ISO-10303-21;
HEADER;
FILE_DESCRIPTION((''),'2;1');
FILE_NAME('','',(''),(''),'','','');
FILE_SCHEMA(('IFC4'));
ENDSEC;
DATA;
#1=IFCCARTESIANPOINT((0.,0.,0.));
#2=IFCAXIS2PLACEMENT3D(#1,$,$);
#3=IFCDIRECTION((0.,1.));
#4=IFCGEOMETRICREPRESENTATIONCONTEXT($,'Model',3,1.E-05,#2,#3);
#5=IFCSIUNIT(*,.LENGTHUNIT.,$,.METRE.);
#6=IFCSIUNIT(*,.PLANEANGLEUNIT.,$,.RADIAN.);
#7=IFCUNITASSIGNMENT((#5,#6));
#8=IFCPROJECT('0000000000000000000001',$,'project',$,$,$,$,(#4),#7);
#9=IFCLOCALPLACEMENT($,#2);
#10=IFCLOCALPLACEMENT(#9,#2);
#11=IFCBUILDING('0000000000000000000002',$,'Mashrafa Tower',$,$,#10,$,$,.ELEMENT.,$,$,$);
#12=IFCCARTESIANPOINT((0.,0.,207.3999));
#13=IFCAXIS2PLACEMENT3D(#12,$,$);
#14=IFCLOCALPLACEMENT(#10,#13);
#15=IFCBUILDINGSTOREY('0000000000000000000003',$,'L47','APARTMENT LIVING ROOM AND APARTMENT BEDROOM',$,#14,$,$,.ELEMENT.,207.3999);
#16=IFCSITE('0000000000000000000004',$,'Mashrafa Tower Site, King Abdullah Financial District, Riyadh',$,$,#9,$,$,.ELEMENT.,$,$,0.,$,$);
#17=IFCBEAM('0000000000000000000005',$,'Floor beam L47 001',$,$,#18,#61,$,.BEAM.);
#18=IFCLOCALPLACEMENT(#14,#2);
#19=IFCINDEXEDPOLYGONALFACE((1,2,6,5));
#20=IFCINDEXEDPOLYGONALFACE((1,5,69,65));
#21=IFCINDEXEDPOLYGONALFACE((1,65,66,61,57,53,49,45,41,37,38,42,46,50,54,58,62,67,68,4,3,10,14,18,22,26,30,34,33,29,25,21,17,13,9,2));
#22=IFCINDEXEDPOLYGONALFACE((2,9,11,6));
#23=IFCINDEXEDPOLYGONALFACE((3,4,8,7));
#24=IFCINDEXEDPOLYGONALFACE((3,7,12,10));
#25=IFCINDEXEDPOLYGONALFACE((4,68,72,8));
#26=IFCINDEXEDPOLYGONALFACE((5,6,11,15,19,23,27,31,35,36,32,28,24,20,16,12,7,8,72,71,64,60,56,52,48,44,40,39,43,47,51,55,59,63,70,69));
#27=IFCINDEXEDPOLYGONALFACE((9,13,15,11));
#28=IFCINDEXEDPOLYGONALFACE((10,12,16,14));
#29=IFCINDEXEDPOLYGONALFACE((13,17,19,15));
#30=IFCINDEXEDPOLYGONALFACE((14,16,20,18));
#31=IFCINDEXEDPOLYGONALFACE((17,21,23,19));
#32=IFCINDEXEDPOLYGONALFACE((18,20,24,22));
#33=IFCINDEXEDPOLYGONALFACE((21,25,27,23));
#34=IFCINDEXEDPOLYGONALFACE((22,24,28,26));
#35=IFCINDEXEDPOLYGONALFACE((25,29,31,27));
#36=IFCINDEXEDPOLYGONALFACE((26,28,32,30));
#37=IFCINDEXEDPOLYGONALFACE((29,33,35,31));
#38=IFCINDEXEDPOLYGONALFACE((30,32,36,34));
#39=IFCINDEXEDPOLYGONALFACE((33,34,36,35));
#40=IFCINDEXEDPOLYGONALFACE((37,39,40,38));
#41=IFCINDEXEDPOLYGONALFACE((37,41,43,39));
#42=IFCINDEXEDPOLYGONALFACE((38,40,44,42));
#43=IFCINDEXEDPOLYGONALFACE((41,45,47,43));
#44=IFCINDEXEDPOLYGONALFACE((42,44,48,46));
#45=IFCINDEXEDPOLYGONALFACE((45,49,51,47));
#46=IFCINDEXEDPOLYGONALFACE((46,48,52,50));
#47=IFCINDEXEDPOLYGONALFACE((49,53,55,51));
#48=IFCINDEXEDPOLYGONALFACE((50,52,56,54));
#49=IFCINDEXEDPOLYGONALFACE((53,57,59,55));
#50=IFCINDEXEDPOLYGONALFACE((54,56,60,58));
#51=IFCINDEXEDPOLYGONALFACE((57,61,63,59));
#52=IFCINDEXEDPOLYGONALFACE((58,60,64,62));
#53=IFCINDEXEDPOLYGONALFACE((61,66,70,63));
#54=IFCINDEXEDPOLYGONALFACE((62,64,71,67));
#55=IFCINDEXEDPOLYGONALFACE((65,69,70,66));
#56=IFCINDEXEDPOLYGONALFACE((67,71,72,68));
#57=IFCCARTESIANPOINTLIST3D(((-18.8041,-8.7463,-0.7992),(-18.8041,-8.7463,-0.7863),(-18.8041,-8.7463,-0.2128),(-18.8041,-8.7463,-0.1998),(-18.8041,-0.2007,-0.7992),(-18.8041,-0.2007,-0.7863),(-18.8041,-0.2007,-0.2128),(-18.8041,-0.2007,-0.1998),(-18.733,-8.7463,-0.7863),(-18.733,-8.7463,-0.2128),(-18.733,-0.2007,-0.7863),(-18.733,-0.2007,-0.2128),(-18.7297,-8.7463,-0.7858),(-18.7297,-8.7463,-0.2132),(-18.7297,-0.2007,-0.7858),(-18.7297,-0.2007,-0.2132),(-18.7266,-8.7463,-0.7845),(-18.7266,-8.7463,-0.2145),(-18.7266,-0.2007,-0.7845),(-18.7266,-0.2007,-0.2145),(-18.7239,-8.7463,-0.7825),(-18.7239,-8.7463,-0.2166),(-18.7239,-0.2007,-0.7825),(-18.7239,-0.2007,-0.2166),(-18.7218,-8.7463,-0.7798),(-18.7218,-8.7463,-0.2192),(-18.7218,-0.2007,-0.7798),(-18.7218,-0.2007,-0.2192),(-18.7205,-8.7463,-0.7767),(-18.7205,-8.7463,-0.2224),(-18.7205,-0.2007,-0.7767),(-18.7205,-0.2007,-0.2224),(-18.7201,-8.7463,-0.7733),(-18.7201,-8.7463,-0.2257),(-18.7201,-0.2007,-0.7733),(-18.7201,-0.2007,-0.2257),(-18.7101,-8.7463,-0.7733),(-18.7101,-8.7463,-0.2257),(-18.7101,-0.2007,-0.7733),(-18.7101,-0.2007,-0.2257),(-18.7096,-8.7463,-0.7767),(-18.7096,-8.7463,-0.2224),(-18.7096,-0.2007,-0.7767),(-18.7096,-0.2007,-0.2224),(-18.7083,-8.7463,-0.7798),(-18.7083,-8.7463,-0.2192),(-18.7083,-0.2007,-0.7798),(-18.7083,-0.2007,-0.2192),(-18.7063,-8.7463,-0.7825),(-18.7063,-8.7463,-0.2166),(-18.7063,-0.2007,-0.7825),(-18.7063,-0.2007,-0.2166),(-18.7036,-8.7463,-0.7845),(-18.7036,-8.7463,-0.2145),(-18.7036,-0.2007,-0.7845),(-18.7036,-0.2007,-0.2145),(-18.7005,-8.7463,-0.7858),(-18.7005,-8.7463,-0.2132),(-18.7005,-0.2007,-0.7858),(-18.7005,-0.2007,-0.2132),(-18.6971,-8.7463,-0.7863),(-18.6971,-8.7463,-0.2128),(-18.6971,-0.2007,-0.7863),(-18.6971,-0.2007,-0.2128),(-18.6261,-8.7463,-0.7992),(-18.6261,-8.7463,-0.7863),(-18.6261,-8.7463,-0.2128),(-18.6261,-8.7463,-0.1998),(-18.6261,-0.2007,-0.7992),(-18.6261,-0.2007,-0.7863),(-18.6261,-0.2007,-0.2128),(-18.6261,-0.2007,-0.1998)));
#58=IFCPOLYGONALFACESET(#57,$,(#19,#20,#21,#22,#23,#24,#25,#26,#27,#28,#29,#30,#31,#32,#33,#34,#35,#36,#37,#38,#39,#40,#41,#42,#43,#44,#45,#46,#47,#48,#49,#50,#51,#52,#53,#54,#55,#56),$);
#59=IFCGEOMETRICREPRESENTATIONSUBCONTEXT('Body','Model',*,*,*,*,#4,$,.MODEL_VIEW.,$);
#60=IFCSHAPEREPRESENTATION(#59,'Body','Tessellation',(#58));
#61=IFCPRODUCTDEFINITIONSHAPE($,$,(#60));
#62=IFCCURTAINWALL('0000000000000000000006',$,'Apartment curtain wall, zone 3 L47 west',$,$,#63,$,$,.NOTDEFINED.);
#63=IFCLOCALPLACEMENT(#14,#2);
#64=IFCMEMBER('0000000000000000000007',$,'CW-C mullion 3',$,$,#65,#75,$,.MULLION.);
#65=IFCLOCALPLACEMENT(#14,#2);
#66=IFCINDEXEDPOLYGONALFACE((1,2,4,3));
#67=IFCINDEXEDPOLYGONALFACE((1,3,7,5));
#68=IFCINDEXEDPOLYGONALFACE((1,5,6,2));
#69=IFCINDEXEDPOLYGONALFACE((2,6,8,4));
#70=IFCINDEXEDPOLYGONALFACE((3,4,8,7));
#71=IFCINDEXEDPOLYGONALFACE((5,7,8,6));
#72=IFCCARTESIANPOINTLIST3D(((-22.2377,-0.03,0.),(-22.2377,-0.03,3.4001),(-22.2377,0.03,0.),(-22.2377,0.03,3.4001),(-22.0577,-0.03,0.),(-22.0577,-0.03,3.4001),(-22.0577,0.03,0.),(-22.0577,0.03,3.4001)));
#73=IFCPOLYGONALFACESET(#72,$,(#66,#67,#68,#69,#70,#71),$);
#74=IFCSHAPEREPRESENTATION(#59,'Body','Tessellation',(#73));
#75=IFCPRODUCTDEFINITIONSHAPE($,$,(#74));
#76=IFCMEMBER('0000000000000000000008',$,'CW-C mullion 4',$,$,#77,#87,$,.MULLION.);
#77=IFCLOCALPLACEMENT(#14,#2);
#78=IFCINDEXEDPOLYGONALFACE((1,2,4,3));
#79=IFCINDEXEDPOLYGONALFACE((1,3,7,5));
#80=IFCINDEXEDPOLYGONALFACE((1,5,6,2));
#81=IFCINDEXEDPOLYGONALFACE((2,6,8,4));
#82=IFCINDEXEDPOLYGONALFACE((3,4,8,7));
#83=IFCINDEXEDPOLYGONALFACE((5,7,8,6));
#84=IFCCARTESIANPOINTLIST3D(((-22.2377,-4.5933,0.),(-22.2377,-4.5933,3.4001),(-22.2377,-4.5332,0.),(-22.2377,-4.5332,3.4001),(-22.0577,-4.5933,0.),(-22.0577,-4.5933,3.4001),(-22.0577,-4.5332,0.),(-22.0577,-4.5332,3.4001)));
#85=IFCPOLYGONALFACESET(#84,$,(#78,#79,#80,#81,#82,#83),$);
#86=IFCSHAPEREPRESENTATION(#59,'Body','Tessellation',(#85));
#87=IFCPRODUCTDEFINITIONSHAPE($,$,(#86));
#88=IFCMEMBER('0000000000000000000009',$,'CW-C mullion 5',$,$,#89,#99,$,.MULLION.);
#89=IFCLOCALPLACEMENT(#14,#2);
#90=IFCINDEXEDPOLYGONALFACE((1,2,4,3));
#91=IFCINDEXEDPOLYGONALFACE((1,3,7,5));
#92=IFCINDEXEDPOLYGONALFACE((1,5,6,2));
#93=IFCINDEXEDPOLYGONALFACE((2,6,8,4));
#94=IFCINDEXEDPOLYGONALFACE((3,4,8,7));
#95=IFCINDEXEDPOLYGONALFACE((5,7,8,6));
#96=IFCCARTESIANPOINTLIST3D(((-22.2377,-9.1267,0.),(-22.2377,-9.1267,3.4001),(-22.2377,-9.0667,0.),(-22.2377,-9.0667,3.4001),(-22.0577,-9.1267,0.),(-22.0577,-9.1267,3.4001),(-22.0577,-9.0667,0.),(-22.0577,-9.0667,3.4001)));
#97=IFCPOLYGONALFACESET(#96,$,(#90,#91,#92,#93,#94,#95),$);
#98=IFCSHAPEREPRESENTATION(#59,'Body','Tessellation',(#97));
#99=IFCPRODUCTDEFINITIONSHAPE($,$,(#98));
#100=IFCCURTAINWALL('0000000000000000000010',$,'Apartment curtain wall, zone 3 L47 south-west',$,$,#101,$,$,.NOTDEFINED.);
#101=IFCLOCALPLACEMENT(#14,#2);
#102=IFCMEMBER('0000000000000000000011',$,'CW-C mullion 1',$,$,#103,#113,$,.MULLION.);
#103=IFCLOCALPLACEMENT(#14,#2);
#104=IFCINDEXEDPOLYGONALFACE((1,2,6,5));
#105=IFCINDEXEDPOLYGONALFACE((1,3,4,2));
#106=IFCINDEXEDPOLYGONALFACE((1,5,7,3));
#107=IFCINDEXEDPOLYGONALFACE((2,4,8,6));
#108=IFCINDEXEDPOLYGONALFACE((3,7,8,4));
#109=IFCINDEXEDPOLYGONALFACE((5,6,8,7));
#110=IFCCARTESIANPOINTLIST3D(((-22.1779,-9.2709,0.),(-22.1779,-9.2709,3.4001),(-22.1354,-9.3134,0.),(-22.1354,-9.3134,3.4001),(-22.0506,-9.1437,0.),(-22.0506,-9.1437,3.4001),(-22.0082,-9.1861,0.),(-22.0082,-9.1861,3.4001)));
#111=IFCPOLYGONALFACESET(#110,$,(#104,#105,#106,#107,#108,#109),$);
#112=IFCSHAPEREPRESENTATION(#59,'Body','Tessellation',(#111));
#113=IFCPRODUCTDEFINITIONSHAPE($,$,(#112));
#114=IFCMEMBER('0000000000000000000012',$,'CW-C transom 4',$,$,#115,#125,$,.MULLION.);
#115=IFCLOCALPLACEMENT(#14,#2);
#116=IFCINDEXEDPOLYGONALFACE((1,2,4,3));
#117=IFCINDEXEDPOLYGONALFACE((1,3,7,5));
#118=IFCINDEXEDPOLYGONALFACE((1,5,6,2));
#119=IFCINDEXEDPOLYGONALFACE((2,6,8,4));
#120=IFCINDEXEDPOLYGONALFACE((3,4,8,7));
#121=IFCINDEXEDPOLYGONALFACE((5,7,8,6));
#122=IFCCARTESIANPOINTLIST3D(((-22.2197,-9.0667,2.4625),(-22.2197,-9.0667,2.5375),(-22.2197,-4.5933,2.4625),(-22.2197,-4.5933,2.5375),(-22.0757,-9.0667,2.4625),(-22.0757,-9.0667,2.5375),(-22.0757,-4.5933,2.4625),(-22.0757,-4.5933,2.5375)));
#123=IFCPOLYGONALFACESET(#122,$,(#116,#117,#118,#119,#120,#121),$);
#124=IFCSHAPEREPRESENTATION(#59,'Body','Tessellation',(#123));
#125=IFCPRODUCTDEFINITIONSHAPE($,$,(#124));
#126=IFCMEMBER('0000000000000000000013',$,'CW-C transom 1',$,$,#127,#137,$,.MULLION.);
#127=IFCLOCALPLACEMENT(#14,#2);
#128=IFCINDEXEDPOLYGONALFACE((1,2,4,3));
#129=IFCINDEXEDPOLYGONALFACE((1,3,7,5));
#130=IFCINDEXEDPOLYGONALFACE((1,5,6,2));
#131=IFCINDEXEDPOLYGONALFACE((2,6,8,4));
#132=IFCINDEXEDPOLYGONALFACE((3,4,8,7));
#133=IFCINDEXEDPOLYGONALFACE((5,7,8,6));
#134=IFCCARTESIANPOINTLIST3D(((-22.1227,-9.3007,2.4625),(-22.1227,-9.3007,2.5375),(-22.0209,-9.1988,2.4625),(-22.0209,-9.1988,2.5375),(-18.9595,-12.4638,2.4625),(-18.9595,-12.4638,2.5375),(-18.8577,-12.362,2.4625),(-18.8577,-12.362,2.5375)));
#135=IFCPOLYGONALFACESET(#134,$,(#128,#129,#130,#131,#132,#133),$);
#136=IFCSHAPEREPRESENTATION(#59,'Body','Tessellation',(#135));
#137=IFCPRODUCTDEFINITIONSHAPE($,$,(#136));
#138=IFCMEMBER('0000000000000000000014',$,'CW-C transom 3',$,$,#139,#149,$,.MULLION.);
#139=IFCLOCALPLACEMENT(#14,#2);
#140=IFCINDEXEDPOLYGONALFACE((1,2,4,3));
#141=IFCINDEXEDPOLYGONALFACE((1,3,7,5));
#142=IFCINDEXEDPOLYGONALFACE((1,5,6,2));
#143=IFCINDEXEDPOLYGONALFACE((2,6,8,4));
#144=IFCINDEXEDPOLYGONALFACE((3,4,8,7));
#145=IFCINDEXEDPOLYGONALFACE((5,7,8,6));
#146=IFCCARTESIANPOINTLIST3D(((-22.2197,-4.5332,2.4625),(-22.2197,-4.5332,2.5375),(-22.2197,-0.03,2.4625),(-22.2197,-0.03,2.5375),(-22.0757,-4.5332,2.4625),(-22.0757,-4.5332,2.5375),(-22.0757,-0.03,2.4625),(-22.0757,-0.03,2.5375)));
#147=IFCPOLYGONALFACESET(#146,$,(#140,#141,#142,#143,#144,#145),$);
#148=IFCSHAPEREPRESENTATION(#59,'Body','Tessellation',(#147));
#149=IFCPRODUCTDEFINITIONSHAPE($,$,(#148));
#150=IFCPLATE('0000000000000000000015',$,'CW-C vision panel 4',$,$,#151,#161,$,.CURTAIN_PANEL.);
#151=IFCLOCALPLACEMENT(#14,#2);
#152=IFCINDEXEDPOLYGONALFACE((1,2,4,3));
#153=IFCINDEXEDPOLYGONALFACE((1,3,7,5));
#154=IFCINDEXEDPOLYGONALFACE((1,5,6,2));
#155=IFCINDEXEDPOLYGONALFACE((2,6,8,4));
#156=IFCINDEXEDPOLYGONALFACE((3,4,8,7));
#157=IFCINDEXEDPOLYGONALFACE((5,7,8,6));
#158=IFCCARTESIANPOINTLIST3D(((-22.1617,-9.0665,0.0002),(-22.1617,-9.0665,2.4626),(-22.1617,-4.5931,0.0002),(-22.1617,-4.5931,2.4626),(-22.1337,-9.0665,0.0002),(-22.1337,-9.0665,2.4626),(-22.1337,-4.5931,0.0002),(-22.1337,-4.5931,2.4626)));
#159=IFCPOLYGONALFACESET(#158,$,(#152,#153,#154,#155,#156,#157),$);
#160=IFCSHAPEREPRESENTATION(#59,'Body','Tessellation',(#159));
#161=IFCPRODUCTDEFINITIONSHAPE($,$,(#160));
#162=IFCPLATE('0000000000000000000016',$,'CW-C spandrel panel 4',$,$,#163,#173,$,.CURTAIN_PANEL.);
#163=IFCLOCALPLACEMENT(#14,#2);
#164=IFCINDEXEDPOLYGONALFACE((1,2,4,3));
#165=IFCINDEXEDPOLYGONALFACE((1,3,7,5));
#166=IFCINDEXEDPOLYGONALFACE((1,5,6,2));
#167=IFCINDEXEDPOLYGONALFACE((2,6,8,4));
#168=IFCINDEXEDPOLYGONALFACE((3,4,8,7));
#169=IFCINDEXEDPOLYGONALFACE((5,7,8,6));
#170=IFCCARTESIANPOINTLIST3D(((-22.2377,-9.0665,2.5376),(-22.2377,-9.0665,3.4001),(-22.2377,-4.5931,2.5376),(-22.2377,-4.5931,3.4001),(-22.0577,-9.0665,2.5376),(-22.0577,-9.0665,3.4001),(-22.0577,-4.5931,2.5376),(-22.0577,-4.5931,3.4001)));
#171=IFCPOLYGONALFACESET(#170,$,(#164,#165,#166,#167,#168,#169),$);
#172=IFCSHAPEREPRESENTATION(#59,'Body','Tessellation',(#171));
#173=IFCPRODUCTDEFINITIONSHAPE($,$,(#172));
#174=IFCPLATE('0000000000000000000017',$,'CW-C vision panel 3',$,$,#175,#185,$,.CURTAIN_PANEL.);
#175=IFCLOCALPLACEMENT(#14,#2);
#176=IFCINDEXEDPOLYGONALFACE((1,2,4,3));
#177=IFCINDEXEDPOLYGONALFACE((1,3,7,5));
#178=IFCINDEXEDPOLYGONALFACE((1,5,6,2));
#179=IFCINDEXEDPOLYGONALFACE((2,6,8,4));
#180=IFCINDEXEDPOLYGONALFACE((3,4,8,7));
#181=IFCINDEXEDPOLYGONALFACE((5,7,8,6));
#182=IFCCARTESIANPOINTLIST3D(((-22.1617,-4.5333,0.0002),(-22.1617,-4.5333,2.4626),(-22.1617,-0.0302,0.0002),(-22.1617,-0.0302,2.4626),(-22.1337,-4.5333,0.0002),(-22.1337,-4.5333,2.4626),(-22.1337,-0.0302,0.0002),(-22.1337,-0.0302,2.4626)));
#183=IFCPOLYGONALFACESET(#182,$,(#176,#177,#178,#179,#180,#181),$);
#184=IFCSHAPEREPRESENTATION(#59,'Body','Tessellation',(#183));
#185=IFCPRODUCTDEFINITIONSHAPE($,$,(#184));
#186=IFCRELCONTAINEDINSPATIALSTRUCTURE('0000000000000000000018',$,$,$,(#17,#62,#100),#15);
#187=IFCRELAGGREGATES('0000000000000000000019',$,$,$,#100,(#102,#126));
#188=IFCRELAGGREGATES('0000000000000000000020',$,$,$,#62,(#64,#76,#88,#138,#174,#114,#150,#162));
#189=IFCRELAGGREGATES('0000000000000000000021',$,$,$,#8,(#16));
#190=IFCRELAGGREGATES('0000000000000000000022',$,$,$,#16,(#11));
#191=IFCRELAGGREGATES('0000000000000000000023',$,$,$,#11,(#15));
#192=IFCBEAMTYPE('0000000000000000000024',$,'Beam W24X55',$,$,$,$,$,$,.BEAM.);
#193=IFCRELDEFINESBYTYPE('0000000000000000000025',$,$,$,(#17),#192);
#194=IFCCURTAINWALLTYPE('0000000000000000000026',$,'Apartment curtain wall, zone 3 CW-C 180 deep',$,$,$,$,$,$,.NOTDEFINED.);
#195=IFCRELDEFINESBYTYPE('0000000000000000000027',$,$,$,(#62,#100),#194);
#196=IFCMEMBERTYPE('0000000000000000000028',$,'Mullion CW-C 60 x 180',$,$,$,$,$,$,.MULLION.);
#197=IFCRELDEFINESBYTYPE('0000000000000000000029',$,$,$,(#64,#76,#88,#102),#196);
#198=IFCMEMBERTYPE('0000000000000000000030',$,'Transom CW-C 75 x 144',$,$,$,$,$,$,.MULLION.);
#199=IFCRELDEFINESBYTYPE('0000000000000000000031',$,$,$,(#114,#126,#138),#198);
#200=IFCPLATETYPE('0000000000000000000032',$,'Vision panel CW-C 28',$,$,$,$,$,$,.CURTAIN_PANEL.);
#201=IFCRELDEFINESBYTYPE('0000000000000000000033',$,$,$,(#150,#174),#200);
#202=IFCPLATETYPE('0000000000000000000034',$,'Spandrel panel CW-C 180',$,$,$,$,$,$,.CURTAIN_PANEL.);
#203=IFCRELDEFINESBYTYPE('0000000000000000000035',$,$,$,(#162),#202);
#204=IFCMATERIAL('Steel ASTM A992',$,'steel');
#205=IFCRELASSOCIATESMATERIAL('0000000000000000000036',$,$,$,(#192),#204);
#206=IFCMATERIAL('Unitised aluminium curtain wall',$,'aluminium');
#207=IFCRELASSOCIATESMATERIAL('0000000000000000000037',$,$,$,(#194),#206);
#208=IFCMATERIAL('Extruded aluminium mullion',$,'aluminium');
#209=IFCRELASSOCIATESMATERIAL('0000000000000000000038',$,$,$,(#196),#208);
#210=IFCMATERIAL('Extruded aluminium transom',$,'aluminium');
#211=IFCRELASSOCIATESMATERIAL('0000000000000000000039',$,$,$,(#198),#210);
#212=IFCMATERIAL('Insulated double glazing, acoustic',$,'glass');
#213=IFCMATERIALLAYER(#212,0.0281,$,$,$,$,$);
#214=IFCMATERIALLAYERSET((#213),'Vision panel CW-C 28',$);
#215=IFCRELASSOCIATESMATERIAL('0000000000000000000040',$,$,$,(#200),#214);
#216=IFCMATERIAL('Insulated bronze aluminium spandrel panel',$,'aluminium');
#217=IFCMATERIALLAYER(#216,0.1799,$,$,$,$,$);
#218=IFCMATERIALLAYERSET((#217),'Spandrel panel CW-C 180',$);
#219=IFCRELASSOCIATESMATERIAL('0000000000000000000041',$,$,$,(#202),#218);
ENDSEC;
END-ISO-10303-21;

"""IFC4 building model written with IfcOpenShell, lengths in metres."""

from ifc_helpers import new_model, si_unit, direction, frame, origin, origin_2d, place, context, subcontext, project, spatial, rectangle, i_section, extrude, source, transform, mapped, material, layer, layer_set, material_profile, profile_set, type_object, type_shapes, element, aggregate, save


model = new_model("IFC4")

# Units and contexts
model_context = context("Model", 3, precision=1e-05, world=origin(), true_north=direction((0.0, 1.0)))
body_context = subcontext(model_context, "Body", "Model", "MODEL_VIEW")
ifc_project = project(units=[si_unit("LENGTHUNIT", "METRE"), si_unit("PLANEANGLEUNIT", "RADIAN")], contexts=[model_context])

# Site, building, storey
site_placement = place(None, origin())
site = spatial("IfcSite", under=ifc_project, at=site_placement, Name="Mashrafa Tower Site, King Abdullah Financial District, Riyadh", CompositionType="ELEMENT", RefElevation=0.0)
building_placement = place(site_placement, origin())
building = spatial("IfcBuilding", under=site, at=building_placement, Name="Mashrafa Tower", CompositionType="ELEMENT")
storey_placement = place(building_placement, frame((0.0, 0.0, 207.3999)))
storey = spatial("IfcBuildingStorey", under=building, at=storey_placement, Name="L47", Description="APARTMENT LIVING ROOM AND APARTMENT BEDROOM", CompositionType="ELEMENT", Elevation=207.3999)

# Beam
ifc_material_1 = material(Name="Steel ASTM A992", Category="steel")
ifc_material_profile_1 = material_profile(ifc_material_1, i_section(OverallWidth=0.178, OverallDepth=0.5994, WebThickness=0.01, FlangeThickness=0.0129, FilletRadius=0.0129, at=origin_2d()), Name="W24X55")
ifc_profile_set_1 = profile_set([ifc_material_profile_1], Name="Steel ASTM A992")
beam_type_1 = type_object("IfcBeamType", Name="Beam W24X55", PredefinedType="BEAM", material=ifc_profile_set_1)
beam_1_placement = place(storey_placement, frame((-18.7151, -8.7463, -0.4995), z_axis=(0.0, 1.0, 0.0), x_axis=(-1.0, 0.0, 0.0)))
element("IfcBeam", 1, at=beam_1_placement, inside=storey, type_object=beam_type_1, Name="Floor beam L47 001", PredefinedType="BEAM", context=body_context, shape_type="SweptSolid", body=[
    extrude(i_section(OverallWidth=0.178, OverallDepth=0.5994, WebThickness=0.01, FlangeThickness=0.0129, FilletRadius=0.0129, at=origin_2d()), origin(), (0.0, 0.0, 1.0), 8.5457),
])

# Curtain wall, members
ifc_material_2 = material(Name="Unitised aluminium curtain wall", Category="aluminium")
curtain_wall_type = type_object("IfcCurtainWallType", Name="Apartment curtain wall, zone 3 CW-C 180 deep", PredefinedType="NOTDEFINED", material=ifc_material_2)
curtain_wall_1_placement = place(storey_placement, origin())
curtain_wall_1 = element("IfcCurtainWall", 2, at=curtain_wall_1_placement, inside=storey, type_object=curtain_wall_type, Name="Apartment curtain wall, zone 3 L47 west", PredefinedType="NOTDEFINED")
ifc_material_3 = material(Name="Extruded aluminium mullion", Category="aluminium")
ifc_material_profile_2 = material_profile(ifc_material_3, rectangle(XDim=0.1799, YDim=0.0601, at=origin_2d()), Name="Mullion 60x180")
ifc_profile_set_2 = profile_set([ifc_material_profile_2], Name="Extruded aluminium mullion")
member_type_1 = type_object("IfcMemberType", Name="Mullion CW-C 60 x 180", PredefinedType="MULLION", material=ifc_profile_set_2)
shared_shape_1 = source(origin(), body_context, "Body", "SweptSolid", [
    extrude(rectangle(XDim=0.1799, YDim=0.0601, at=origin_2d()), origin(), (0.0, 0.0, 1.0), 3.4001),
])
type_shapes(member_type_1, [shared_shape_1])
member_1_placement = place(storey_placement, frame((-22.1477, 0.0, 0.0), z_axis=(0.0, 0.0, 1.0), x_axis=(1.0, 0.0, 0.0)))
member_1 = element("IfcMember", 3, at=member_1_placement, type_object=member_type_1, Name="CW-C mullion 3", PredefinedType="MULLION", context=body_context, shape_type="MappedRepresentation", body=[
    mapped(shared_shape_1, transform((0.0, 0.0, 0.0))),
])
member_2_placement = place(storey_placement, frame((-22.1477, -4.5632, 0.0), z_axis=(0.0, 0.0, 1.0), x_axis=(1.0, 0.0, 0.0)))
member_2 = element("IfcMember", 4, at=member_2_placement, type_object=member_type_1, Name="CW-C mullion 4", PredefinedType="MULLION", context=body_context, shape_type="MappedRepresentation", body=[
    mapped(shared_shape_1, transform((0.0, 0.0, 0.0))),
])
member_3_placement = place(storey_placement, frame((-22.1477, -9.0967, 0.0), z_axis=(0.0, 0.0, 1.0), x_axis=(1.0, 0.0, 0.0)))
member_3 = element("IfcMember", 5, at=member_3_placement, type_object=member_type_1, Name="CW-C mullion 5", PredefinedType="MULLION", context=body_context, shape_type="MappedRepresentation", body=[
    mapped(shared_shape_1, transform((0.0, 0.0, 0.0))),
])

# Curtain wall, member
curtain_wall_2_placement = place(storey_placement, origin())
curtain_wall_2 = element("IfcCurtainWall", 6, at=curtain_wall_2_placement, inside=storey, type_object=curtain_wall_type, Name="Apartment curtain wall, zone 3 L47 south-west", PredefinedType="NOTDEFINED")
member_4_placement = place(storey_placement, frame((-22.093, -9.2285, 0.0), z_axis=(0.0, 0.0, 1.0), x_axis=(0.707107, 0.707107, 0.0)))
member_4 = element("IfcMember", 7, at=member_4_placement, type_object=member_type_1, Name="CW-C mullion 1", PredefinedType="MULLION", context=body_context, shape_type="MappedRepresentation", body=[
    mapped(shared_shape_1, transform((0.0, 0.0, 0.0))),
])

# Members
ifc_material_4 = material(Name="Extruded aluminium transom", Category="aluminium")
ifc_material_profile_3 = material_profile(ifc_material_4, rectangle(XDim=0.144, YDim=0.075, at=origin_2d()), Name="Transom 75x144")
ifc_profile_set_3 = profile_set([ifc_material_profile_3], Name="Extruded aluminium transom")
member_type_2 = type_object("IfcMemberType", Name="Transom CW-C 75 x 144", PredefinedType="MULLION", material=ifc_profile_set_3)
shared_shape_2 = source(origin(), body_context, "Body", "SweptSolid", [
    extrude(rectangle(XDim=0.144, YDim=0.075, at=origin_2d()), origin(), (0.0, 0.0, 1.0), 4.4734),
])
member_5_placement = place(storey_placement, frame((-22.1477, -4.5933, 2.5), z_axis=(0.0, -1.0, 0.0), x_axis=(1.0, 0.0, 0.0)))
member_5 = element("IfcMember", 8, at=member_5_placement, type_object=member_type_2, Name="CW-C transom 4", PredefinedType="MULLION", context=body_context, shape_type="MappedRepresentation", body=[
    mapped(shared_shape_2, transform((0.0, 0.0, 0.0))),
])
member_6_placement = place(storey_placement, frame((-22.0718, -9.2498, 2.5), z_axis=(0.707107, -0.707107, 0.0), x_axis=(0.707107, 0.707107, 0.0)))
member_6 = element("IfcMember", 9, at=member_6_placement, type_object=member_type_2, Name="CW-C transom 1", PredefinedType="MULLION", context=body_context, shape_type="MappedRepresentation", body=[
    mapped(shared_shape_2, transform((0.0, 0.0, 0.0))),
])
aggregate(curtain_wall_2, [member_4, member_6])
shared_shape_3 = source(origin(), body_context, "Body", "SweptSolid", [
    extrude(rectangle(XDim=0.144, YDim=0.075, at=origin_2d()), origin(), (0.0, 0.0, 1.0), 4.5032),
])
type_shapes(member_type_2, [shared_shape_2, shared_shape_3])
member_7_placement = place(storey_placement, frame((-22.1477, -0.03, 2.5), z_axis=(0.0, -1.0, 0.0), x_axis=(1.0, 0.0, 0.0)))
member_7 = element("IfcMember", 10, at=member_7_placement, type_object=member_type_2, Name="CW-C transom 3", PredefinedType="MULLION", context=body_context, shape_type="MappedRepresentation", body=[
    mapped(shared_shape_3, transform((0.0, 0.0, 0.0))),
])

# Plates
ifc_material_5 = material(Name="Insulated double glazing, acoustic", Category="glass")
ifc_layer_1 = layer(ifc_material_5, 0.0281)
ifc_layer_set_1 = layer_set([ifc_layer_1], Name="Vision panel CW-C 28")
plate_type_1 = type_object("IfcPlateType", Name="Vision panel CW-C 28", PredefinedType="CURTAIN_PANEL", material=ifc_layer_set_1)
shared_shape_4 = source(origin(), body_context, "Body", "SweptSolid", [
    extrude(rectangle(XDim=4.4734, YDim=0.0281, at=origin_2d()), origin(), (0.0, 0.0, 1.0), 2.4624),
])
plate_1_placement = place(storey_placement, frame((-22.1477, -6.8298, 0.0002), z_axis=(0.0, 0.0, 1.0), x_axis=(0.0, -1.0, 0.0)))
plate_1 = element("IfcPlate", 11, at=plate_1_placement, type_object=plate_type_1, Name="CW-C vision panel 4", PredefinedType="CURTAIN_PANEL", context=body_context, shape_type="MappedRepresentation", body=[
    mapped(shared_shape_4, transform((0.0, 0.0, 0.0))),
])
ifc_material_6 = material(Name="Insulated bronze aluminium spandrel panel", Category="aluminium")
ifc_layer_2 = layer(ifc_material_6, 0.1799)
ifc_layer_set_2 = layer_set([ifc_layer_2], Name="Spandrel panel CW-C 180")
plate_type_2 = type_object("IfcPlateType", Name="Spandrel panel CW-C 180", PredefinedType="CURTAIN_PANEL", material=ifc_layer_set_2)
shared_shape_5 = source(origin(), body_context, "Body", "SweptSolid", [
    extrude(rectangle(XDim=4.4734, YDim=0.1799, at=origin_2d()), origin(), (0.0, 0.0, 1.0), 0.8625),
])
plate_2_placement = place(storey_placement, frame((-22.1477, -6.8298, 2.5376), z_axis=(0.0, 0.0, 1.0), x_axis=(0.0, -1.0, 0.0)))
plate_2 = element("IfcPlate", 12, at=plate_2_placement, type_object=plate_type_2, Name="CW-C spandrel panel 4", PredefinedType="CURTAIN_PANEL", context=body_context, shape_type="MappedRepresentation", body=[
    mapped(shared_shape_5, transform((0.0, 0.0, 0.0))),
])
shared_shape_6 = source(origin(), body_context, "Body", "SweptSolid", [
    extrude(rectangle(XDim=4.5032, YDim=0.0281, at=origin_2d()), origin(), (0.0, 0.0, 1.0), 2.4624),
])
type_shapes(plate_type_1, [shared_shape_4, shared_shape_6])
plate_3_placement = place(storey_placement, frame((-22.1477, -2.2817, 0.0002), z_axis=(0.0, 0.0, 1.0), x_axis=(0.0, -1.0, 0.0)))
plate_3 = element("IfcPlate", 13, at=plate_3_placement, type_object=plate_type_1, Name="CW-C vision panel 3", PredefinedType="CURTAIN_PANEL", context=body_context, shape_type="MappedRepresentation", body=[
    mapped(shared_shape_6, transform((0.0, 0.0, 0.0))),
])
aggregate(curtain_wall_1, [member_1, member_2, member_3, member_7, plate_3, member_5, plate_1, plate_2])

save(model, "model.ifc")
